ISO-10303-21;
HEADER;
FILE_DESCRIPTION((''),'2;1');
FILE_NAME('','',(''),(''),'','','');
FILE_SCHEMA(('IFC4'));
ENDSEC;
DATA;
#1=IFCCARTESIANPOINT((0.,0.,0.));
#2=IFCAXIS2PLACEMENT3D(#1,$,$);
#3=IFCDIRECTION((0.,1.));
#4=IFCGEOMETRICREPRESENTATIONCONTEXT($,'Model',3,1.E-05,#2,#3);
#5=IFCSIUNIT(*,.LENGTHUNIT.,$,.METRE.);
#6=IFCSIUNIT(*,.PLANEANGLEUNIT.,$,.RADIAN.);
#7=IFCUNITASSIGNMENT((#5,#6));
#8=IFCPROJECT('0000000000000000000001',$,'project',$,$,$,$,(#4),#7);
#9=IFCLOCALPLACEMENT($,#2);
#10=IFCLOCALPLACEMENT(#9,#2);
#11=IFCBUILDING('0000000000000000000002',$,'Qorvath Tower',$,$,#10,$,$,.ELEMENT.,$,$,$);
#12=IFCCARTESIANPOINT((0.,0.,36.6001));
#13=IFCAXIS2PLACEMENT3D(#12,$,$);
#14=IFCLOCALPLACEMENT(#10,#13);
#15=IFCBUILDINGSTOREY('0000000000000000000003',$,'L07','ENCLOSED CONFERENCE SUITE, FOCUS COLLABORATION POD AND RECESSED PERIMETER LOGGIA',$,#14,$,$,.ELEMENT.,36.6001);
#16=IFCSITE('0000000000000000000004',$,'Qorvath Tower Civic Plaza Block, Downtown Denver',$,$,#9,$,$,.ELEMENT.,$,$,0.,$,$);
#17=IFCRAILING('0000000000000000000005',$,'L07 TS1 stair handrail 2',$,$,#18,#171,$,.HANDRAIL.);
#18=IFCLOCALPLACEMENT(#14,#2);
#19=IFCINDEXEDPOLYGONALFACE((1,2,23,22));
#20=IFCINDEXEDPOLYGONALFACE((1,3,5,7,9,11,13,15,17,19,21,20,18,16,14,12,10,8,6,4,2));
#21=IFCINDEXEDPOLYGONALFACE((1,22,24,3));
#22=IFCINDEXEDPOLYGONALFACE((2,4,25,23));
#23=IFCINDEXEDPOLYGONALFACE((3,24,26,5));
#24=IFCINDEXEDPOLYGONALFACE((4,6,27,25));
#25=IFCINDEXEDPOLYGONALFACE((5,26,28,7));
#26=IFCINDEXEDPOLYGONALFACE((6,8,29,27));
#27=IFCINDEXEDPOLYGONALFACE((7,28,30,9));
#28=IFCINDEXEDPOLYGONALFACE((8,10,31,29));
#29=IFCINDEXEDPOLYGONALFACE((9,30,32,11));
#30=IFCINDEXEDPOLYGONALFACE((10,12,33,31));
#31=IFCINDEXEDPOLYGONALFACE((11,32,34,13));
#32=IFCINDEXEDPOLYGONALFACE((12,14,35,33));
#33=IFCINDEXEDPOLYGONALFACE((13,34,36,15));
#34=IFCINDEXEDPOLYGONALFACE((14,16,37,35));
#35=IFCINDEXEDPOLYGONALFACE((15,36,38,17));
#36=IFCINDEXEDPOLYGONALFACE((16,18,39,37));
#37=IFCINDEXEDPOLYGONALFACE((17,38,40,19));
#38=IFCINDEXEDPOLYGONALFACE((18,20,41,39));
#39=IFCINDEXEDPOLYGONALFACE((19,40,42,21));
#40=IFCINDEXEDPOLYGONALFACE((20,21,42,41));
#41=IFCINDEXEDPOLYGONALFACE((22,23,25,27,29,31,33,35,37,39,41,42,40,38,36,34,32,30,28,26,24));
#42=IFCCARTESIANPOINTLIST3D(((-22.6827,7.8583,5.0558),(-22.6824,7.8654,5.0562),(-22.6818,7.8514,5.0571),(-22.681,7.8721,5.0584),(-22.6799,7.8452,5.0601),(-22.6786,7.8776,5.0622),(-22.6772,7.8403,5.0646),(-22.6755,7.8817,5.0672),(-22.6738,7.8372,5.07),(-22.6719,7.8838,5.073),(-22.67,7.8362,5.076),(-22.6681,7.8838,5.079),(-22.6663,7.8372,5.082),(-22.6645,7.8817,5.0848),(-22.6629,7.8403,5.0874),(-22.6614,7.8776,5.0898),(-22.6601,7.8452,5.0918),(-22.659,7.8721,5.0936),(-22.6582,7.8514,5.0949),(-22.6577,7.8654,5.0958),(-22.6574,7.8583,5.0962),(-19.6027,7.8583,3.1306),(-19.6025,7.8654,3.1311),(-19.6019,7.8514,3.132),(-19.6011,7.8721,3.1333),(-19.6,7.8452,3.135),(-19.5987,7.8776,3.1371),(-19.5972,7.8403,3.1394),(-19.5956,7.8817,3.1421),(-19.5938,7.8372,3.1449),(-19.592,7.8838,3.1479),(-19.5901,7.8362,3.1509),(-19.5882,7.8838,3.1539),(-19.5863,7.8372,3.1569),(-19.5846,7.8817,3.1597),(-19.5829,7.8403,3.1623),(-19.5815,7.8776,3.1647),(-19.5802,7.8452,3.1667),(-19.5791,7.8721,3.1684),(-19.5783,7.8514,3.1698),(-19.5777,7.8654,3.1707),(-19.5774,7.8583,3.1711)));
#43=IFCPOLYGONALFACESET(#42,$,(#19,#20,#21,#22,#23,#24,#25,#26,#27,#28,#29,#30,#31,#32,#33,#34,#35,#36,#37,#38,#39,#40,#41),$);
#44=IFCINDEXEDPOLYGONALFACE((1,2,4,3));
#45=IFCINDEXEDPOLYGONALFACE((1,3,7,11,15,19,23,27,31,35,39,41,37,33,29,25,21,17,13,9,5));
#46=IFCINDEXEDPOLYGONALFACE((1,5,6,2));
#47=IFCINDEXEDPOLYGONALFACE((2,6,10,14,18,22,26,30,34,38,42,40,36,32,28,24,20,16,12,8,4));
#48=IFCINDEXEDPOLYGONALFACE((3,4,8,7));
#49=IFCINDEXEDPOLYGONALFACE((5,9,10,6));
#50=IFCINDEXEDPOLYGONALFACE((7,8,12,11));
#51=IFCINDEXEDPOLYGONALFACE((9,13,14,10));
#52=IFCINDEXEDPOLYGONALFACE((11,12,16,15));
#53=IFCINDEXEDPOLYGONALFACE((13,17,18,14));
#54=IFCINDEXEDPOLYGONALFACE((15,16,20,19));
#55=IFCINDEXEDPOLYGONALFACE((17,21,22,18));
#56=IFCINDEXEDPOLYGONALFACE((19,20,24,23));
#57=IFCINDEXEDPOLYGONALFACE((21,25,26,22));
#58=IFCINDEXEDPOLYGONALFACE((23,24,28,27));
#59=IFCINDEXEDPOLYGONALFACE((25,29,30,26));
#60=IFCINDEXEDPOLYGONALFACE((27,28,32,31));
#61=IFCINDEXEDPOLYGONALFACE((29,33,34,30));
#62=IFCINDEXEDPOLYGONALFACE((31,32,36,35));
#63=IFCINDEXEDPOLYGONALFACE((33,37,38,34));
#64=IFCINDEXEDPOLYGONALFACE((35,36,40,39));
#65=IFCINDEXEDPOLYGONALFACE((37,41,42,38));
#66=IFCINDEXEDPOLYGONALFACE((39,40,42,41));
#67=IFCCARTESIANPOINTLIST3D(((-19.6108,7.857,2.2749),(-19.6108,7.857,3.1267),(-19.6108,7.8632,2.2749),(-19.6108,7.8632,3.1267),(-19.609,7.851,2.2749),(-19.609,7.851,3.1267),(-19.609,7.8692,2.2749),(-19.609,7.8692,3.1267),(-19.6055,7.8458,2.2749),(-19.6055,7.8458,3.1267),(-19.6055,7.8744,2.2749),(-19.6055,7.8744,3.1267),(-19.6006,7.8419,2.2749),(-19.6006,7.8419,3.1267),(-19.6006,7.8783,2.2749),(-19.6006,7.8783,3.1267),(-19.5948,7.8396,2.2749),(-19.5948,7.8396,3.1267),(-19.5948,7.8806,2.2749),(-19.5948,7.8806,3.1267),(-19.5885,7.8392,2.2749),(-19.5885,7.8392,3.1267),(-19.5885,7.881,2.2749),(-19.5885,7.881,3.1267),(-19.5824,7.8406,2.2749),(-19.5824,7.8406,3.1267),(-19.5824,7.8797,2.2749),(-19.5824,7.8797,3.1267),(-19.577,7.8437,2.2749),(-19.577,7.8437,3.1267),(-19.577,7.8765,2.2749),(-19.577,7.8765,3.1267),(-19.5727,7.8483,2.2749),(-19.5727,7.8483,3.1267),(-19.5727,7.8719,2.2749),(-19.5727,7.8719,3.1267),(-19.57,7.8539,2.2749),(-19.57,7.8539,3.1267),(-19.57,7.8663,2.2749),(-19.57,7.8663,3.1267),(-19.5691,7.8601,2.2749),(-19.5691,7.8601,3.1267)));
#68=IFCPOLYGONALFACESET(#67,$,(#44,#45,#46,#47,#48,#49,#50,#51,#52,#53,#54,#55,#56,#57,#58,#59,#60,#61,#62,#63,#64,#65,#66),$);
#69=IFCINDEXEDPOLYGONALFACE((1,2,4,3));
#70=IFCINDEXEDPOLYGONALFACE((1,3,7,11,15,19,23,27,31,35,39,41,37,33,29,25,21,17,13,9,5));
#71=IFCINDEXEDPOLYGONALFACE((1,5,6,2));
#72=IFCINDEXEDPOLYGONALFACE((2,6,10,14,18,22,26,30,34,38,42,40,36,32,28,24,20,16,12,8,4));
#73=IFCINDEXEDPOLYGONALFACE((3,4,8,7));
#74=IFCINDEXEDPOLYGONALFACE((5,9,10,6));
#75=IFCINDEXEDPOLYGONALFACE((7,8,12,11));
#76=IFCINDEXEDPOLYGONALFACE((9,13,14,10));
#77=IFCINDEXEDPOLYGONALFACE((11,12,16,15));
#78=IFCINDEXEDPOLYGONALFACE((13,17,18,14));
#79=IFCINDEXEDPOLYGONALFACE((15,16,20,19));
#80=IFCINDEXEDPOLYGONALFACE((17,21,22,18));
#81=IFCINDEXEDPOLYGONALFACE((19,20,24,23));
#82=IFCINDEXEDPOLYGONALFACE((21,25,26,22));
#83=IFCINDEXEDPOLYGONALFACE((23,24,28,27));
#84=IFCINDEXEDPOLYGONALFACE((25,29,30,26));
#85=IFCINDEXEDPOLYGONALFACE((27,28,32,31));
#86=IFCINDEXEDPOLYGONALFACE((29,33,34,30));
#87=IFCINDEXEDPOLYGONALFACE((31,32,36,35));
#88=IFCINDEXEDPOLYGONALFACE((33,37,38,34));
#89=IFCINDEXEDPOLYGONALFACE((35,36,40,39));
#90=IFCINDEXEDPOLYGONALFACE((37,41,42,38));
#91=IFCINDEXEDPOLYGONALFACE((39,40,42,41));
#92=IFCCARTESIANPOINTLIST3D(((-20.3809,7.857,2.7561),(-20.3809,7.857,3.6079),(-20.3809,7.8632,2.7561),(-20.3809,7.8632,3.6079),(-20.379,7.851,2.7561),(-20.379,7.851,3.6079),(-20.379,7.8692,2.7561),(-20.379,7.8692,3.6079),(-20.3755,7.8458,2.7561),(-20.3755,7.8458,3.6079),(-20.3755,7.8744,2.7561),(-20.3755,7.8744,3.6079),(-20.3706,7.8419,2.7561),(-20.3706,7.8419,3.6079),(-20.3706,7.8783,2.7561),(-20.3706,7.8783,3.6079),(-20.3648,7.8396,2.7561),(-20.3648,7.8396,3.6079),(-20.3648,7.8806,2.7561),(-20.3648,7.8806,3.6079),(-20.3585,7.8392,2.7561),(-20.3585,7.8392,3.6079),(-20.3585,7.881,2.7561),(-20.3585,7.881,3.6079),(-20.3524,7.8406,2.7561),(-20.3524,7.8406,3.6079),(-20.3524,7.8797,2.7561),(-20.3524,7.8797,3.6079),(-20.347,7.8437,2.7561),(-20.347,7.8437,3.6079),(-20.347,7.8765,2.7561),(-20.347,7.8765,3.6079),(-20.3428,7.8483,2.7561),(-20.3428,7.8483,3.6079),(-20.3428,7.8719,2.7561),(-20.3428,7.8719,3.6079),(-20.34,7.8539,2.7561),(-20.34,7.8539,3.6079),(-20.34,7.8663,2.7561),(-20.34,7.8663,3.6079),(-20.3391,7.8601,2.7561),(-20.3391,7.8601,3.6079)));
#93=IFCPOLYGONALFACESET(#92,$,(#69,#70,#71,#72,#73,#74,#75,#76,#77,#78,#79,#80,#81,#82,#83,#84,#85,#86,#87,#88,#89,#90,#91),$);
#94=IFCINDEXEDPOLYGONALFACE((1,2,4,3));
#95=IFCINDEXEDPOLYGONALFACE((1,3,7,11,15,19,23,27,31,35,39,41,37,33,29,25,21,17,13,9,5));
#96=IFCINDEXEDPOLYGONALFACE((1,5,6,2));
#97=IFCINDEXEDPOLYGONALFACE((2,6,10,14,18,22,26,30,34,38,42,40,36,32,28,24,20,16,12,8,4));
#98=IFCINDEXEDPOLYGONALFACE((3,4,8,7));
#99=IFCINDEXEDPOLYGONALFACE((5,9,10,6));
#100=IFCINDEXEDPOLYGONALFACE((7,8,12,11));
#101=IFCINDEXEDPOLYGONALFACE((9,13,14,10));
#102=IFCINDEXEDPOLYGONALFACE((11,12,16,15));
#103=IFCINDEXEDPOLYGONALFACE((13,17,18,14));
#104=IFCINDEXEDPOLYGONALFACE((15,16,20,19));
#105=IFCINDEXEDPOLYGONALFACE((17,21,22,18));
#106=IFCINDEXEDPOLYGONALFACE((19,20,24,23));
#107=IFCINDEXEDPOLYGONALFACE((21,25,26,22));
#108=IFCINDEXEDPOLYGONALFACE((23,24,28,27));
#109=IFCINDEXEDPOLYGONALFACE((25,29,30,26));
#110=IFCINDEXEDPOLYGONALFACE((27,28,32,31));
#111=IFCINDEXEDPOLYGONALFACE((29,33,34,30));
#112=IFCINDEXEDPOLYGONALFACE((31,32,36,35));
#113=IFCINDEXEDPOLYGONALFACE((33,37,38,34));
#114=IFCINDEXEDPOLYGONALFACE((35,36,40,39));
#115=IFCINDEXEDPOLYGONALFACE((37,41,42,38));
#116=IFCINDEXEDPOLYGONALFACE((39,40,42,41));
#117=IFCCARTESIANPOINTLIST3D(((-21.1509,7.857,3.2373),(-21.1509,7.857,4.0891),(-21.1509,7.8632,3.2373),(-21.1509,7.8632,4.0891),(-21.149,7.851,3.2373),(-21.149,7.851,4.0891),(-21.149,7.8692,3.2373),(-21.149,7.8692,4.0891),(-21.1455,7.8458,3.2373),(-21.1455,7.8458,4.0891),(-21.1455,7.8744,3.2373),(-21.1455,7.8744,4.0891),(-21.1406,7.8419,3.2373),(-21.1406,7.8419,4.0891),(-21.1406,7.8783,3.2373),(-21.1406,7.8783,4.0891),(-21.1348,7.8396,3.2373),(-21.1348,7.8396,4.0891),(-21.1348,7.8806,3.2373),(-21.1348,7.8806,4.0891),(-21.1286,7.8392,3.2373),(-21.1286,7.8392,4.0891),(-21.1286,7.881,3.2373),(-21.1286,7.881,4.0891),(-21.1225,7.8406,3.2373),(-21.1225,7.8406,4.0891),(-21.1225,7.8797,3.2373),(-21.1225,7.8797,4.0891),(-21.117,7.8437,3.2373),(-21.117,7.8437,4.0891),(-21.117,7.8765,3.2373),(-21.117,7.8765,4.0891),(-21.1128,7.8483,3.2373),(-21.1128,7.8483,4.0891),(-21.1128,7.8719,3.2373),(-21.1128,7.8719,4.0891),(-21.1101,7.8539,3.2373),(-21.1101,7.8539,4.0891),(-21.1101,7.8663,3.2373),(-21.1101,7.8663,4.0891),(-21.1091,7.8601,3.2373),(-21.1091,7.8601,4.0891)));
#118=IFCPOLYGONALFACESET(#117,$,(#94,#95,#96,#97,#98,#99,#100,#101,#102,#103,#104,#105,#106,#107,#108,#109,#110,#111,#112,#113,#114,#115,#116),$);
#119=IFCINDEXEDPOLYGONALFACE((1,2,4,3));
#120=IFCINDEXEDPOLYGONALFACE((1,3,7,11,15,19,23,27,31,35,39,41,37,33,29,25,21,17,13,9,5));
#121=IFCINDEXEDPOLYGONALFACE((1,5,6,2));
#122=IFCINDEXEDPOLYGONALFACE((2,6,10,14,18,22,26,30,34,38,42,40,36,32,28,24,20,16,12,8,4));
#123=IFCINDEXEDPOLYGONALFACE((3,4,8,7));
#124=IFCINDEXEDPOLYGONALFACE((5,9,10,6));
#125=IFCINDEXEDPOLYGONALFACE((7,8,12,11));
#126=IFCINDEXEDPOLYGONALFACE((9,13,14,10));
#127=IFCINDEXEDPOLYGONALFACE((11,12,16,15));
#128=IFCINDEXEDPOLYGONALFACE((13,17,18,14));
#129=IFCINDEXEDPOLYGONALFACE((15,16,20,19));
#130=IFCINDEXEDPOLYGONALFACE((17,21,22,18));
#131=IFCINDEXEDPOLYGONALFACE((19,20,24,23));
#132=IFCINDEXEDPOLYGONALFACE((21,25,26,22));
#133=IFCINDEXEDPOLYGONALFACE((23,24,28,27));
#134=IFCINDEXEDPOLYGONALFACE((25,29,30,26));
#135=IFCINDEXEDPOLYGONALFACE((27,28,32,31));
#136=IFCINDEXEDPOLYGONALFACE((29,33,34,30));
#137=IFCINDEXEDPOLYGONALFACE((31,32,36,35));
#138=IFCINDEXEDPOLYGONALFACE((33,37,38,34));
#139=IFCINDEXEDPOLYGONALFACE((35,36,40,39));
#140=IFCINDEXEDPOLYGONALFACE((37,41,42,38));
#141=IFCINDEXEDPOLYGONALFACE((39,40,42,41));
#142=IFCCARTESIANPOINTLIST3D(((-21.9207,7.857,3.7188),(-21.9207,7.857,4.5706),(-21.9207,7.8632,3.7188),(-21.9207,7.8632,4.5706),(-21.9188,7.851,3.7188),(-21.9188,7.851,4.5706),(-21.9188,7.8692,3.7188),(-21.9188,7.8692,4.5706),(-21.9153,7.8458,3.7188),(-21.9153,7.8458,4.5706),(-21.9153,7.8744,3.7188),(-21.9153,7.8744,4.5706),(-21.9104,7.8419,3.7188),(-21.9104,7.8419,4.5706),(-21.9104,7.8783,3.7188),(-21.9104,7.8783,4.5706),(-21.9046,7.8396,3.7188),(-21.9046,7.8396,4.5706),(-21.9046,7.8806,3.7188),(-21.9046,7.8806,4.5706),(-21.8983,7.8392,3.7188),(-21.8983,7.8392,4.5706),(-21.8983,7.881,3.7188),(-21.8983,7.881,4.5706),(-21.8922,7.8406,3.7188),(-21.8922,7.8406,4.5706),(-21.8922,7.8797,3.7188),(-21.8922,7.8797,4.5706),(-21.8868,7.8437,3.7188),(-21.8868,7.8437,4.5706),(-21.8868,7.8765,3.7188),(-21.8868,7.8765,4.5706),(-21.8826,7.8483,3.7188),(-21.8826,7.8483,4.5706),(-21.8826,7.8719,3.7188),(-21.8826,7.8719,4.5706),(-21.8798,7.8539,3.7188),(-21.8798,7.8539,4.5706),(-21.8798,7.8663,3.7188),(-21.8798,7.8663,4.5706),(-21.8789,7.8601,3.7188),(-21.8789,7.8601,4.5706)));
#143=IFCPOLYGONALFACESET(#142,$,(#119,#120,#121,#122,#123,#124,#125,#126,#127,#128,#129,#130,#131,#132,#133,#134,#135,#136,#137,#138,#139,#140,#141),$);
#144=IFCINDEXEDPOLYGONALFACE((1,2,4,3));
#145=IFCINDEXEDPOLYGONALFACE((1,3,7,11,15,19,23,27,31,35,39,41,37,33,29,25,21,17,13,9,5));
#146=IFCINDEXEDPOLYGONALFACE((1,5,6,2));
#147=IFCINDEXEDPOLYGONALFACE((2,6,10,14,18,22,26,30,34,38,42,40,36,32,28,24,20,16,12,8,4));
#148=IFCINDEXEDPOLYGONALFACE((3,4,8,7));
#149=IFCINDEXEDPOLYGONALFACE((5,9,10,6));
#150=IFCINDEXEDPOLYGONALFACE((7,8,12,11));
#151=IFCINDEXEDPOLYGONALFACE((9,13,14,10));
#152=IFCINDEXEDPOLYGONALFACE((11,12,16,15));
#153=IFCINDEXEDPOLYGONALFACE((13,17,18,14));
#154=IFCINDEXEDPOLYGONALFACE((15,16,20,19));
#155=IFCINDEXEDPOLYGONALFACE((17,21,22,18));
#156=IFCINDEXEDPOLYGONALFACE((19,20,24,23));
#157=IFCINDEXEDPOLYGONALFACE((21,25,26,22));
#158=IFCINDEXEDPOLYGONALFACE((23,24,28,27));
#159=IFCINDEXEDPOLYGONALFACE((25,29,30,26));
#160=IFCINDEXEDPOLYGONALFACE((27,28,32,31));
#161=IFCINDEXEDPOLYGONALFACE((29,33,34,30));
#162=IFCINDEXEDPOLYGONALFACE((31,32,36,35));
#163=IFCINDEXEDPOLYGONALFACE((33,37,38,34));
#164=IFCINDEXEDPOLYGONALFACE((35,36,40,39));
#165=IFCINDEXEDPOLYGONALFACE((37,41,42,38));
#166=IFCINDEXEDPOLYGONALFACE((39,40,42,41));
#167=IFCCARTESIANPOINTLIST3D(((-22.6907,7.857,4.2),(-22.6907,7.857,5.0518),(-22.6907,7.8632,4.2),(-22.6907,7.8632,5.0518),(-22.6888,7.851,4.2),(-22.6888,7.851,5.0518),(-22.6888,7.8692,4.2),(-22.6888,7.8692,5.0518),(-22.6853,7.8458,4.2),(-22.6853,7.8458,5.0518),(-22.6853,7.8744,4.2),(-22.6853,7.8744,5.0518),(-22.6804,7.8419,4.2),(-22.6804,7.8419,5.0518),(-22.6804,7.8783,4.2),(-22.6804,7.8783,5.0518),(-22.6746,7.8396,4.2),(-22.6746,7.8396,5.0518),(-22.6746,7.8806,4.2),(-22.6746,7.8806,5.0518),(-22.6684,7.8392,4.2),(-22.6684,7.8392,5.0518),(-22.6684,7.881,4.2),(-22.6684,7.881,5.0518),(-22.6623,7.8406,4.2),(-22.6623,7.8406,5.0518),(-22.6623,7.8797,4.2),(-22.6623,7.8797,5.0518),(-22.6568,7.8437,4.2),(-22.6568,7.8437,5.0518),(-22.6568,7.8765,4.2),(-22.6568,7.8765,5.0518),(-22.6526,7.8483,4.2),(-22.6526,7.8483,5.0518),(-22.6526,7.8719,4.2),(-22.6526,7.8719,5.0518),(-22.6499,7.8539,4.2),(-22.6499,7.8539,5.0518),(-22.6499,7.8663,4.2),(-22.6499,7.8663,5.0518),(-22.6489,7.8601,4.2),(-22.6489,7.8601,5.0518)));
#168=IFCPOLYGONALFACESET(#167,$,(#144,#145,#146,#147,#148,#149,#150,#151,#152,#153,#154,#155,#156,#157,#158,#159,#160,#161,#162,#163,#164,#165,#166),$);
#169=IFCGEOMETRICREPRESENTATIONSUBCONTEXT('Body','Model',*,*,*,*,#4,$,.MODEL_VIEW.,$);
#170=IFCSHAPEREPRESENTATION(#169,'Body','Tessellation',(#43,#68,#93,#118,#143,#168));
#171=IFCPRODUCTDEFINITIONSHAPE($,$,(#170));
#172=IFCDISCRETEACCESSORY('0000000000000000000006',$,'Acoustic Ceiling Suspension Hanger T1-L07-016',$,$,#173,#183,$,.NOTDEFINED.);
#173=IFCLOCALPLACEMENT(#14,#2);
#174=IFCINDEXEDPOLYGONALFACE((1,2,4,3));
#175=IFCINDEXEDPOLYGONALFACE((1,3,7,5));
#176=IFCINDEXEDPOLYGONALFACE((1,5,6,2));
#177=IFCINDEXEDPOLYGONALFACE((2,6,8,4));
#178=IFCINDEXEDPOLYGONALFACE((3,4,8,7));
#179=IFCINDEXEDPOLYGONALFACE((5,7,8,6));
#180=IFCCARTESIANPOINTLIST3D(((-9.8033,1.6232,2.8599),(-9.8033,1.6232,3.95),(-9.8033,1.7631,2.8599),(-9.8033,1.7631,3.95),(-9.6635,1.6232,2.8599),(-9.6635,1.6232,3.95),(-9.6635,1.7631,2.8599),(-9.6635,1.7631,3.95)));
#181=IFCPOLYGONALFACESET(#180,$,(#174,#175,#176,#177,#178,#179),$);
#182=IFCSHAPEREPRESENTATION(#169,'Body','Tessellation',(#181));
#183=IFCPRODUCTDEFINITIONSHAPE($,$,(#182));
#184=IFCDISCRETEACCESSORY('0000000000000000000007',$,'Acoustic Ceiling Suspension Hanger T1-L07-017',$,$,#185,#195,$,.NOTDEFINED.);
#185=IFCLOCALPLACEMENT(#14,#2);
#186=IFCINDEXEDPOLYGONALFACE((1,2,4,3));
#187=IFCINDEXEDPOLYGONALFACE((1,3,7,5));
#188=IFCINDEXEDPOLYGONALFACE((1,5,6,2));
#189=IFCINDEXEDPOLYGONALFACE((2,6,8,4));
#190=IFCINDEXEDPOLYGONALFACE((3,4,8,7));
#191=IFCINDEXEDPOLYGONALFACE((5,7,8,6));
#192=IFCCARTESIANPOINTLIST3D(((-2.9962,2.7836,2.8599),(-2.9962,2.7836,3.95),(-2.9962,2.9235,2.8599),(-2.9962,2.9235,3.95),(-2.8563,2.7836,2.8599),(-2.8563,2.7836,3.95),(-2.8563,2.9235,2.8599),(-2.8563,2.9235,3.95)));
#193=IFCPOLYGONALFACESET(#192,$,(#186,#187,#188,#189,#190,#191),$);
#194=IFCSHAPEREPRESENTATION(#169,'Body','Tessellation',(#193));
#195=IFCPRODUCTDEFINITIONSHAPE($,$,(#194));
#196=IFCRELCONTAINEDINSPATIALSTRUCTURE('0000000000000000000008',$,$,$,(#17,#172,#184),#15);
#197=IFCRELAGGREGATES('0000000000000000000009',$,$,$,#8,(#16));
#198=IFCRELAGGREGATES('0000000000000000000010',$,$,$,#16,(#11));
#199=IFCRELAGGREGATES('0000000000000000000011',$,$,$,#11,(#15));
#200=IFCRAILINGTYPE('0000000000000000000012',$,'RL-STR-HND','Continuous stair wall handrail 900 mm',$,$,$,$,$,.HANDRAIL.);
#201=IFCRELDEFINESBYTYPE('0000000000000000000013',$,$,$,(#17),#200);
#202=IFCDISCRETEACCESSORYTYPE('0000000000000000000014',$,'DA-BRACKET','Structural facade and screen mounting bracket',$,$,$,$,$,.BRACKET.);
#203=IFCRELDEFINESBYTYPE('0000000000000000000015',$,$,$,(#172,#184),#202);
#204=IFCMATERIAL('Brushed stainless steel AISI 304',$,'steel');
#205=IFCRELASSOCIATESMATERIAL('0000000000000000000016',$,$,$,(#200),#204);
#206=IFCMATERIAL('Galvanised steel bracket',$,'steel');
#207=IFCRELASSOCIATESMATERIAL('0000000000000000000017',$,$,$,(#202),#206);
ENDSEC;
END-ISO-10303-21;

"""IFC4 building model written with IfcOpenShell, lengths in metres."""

from ifc_helpers import new_model, si_unit, direction, frame, origin, origin_2d, place, context, subcontext, project, spatial, rectangle, circle, extrude, material, type_object, element, save


model = new_model("IFC4")

# Units and contexts
model_context = context("Model", 3, precision=1e-05, world=origin(), true_north=direction((0.0, 1.0)))
body_context = subcontext(model_context, "Body", "Model", "MODEL_VIEW")
ifc_project = project(units=[si_unit("LENGTHUNIT", "METRE"), si_unit("PLANEANGLEUNIT", "RADIAN")], contexts=[model_context])

# Site, building, storey
site_placement = place(None, origin())
site = spatial("IfcSite", under=ifc_project, at=site_placement, Name="Qorvath Tower Civic Plaza Block, Downtown Denver", CompositionType="ELEMENT", RefElevation=0.0)
building_placement = place(site_placement, origin())
building = spatial("IfcBuilding", under=site, at=building_placement, Name="Qorvath Tower", CompositionType="ELEMENT")
storey_placement = place(building_placement, frame((0.0, 0.0, 36.6001)))
storey = spatial("IfcBuildingStorey", under=building, at=storey_placement, Name="L07", Description="ENCLOSED CONFERENCE SUITE, FOCUS COLLABORATION POD AND RECESSED PERIMETER LOGGIA", CompositionType="ELEMENT", Elevation=36.6001)

# Railing
ifc_material_1 = material(Name="Brushed stainless steel AISI 304", Category="steel")
railing_type_1 = type_object("IfcRailingType", Name="RL-STR-HND", Description="Continuous stair wall handrail 900 mm", PredefinedType="HANDRAIL", material=ifc_material_1)
railing_1_placement = place(storey_placement, frame((-19.5901, 7.8601, 2.2749)))
element("IfcRailing", 1, at=railing_1_placement, inside=storey, type_object=railing_type_1, Name="L07 TS1 stair handrail 2", PredefinedType="HANDRAIL", context=body_context, shape_type="SweptSolid", body=[
    extrude(circle(Radius=0.0239, at=origin_2d()), frame((0.0, 0.0, 0.876), z_axis=(-0.847979, 0.0, 0.530029), x_axis=(0.0, -1.0, 0.0)), (0.0, 0.0, 1.0), 3.6321),
    extrude(circle(Radius=0.021, at=origin_2d()), origin(), (0.0, 0.0, 1.0), 0.8518),
    extrude(circle(Radius=0.021, at=origin_2d()), frame((-0.77, 0.0, 0.4812)), (0.0, 0.0, 1.0), 0.8518),
    extrude(circle(Radius=0.021, at=origin_2d()), frame((-1.54, 0.0, 0.9624)), (0.0, 0.0, 1.0), 0.8518),
    extrude(circle(Radius=0.021, at=origin_2d()), frame((-2.3098, 0.0, 1.4438)), (0.0, 0.0, 1.0), 0.8518),
    extrude(circle(Radius=0.021, at=origin_2d()), frame((-3.0798, 0.0, 1.925)), (0.0, 0.0, 1.0), 0.8518),
])

# Discrete accessories
ifc_material_2 = material(Name="Galvanised steel bracket", Category="steel")
discrete_accessory_type = type_object("IfcDiscreteAccessoryType", Name="DA-BRACKET", Description="Structural facade and screen mounting bracket", PredefinedType="BRACKET", material=ifc_material_2)
for number, where, z_axis, x_axis, name in (
    (2, (-9.7334, 1.6931, 2.8599), (0.0, 0.0, 1.0), (1.0, 0.0, 0.0), "Acoustic Ceiling Suspension Hanger T1-L07-016"),
    (3, (-2.9263, 2.8535, 2.8599), (0.0, 0.0, 1.0), (1.0, 0.0, 0.0), "Acoustic Ceiling Suspension Hanger T1-L07-017"),
):
    element("IfcDiscreteAccessory", number, at=place(storey_placement, frame(where, z_axis=z_axis, x_axis=x_axis)), inside=storey, type_object=discrete_accessory_type, Name=name, PredefinedType="NOTDEFINED", context=body_context, shape_type="SweptSolid", body=[
        extrude(rectangle(XDim=0.1399, YDim=0.1399, at=origin_2d()), origin(), (0.0, 0.0, 1.0), 1.0901),
    ])

save(model, "model.ifc")
